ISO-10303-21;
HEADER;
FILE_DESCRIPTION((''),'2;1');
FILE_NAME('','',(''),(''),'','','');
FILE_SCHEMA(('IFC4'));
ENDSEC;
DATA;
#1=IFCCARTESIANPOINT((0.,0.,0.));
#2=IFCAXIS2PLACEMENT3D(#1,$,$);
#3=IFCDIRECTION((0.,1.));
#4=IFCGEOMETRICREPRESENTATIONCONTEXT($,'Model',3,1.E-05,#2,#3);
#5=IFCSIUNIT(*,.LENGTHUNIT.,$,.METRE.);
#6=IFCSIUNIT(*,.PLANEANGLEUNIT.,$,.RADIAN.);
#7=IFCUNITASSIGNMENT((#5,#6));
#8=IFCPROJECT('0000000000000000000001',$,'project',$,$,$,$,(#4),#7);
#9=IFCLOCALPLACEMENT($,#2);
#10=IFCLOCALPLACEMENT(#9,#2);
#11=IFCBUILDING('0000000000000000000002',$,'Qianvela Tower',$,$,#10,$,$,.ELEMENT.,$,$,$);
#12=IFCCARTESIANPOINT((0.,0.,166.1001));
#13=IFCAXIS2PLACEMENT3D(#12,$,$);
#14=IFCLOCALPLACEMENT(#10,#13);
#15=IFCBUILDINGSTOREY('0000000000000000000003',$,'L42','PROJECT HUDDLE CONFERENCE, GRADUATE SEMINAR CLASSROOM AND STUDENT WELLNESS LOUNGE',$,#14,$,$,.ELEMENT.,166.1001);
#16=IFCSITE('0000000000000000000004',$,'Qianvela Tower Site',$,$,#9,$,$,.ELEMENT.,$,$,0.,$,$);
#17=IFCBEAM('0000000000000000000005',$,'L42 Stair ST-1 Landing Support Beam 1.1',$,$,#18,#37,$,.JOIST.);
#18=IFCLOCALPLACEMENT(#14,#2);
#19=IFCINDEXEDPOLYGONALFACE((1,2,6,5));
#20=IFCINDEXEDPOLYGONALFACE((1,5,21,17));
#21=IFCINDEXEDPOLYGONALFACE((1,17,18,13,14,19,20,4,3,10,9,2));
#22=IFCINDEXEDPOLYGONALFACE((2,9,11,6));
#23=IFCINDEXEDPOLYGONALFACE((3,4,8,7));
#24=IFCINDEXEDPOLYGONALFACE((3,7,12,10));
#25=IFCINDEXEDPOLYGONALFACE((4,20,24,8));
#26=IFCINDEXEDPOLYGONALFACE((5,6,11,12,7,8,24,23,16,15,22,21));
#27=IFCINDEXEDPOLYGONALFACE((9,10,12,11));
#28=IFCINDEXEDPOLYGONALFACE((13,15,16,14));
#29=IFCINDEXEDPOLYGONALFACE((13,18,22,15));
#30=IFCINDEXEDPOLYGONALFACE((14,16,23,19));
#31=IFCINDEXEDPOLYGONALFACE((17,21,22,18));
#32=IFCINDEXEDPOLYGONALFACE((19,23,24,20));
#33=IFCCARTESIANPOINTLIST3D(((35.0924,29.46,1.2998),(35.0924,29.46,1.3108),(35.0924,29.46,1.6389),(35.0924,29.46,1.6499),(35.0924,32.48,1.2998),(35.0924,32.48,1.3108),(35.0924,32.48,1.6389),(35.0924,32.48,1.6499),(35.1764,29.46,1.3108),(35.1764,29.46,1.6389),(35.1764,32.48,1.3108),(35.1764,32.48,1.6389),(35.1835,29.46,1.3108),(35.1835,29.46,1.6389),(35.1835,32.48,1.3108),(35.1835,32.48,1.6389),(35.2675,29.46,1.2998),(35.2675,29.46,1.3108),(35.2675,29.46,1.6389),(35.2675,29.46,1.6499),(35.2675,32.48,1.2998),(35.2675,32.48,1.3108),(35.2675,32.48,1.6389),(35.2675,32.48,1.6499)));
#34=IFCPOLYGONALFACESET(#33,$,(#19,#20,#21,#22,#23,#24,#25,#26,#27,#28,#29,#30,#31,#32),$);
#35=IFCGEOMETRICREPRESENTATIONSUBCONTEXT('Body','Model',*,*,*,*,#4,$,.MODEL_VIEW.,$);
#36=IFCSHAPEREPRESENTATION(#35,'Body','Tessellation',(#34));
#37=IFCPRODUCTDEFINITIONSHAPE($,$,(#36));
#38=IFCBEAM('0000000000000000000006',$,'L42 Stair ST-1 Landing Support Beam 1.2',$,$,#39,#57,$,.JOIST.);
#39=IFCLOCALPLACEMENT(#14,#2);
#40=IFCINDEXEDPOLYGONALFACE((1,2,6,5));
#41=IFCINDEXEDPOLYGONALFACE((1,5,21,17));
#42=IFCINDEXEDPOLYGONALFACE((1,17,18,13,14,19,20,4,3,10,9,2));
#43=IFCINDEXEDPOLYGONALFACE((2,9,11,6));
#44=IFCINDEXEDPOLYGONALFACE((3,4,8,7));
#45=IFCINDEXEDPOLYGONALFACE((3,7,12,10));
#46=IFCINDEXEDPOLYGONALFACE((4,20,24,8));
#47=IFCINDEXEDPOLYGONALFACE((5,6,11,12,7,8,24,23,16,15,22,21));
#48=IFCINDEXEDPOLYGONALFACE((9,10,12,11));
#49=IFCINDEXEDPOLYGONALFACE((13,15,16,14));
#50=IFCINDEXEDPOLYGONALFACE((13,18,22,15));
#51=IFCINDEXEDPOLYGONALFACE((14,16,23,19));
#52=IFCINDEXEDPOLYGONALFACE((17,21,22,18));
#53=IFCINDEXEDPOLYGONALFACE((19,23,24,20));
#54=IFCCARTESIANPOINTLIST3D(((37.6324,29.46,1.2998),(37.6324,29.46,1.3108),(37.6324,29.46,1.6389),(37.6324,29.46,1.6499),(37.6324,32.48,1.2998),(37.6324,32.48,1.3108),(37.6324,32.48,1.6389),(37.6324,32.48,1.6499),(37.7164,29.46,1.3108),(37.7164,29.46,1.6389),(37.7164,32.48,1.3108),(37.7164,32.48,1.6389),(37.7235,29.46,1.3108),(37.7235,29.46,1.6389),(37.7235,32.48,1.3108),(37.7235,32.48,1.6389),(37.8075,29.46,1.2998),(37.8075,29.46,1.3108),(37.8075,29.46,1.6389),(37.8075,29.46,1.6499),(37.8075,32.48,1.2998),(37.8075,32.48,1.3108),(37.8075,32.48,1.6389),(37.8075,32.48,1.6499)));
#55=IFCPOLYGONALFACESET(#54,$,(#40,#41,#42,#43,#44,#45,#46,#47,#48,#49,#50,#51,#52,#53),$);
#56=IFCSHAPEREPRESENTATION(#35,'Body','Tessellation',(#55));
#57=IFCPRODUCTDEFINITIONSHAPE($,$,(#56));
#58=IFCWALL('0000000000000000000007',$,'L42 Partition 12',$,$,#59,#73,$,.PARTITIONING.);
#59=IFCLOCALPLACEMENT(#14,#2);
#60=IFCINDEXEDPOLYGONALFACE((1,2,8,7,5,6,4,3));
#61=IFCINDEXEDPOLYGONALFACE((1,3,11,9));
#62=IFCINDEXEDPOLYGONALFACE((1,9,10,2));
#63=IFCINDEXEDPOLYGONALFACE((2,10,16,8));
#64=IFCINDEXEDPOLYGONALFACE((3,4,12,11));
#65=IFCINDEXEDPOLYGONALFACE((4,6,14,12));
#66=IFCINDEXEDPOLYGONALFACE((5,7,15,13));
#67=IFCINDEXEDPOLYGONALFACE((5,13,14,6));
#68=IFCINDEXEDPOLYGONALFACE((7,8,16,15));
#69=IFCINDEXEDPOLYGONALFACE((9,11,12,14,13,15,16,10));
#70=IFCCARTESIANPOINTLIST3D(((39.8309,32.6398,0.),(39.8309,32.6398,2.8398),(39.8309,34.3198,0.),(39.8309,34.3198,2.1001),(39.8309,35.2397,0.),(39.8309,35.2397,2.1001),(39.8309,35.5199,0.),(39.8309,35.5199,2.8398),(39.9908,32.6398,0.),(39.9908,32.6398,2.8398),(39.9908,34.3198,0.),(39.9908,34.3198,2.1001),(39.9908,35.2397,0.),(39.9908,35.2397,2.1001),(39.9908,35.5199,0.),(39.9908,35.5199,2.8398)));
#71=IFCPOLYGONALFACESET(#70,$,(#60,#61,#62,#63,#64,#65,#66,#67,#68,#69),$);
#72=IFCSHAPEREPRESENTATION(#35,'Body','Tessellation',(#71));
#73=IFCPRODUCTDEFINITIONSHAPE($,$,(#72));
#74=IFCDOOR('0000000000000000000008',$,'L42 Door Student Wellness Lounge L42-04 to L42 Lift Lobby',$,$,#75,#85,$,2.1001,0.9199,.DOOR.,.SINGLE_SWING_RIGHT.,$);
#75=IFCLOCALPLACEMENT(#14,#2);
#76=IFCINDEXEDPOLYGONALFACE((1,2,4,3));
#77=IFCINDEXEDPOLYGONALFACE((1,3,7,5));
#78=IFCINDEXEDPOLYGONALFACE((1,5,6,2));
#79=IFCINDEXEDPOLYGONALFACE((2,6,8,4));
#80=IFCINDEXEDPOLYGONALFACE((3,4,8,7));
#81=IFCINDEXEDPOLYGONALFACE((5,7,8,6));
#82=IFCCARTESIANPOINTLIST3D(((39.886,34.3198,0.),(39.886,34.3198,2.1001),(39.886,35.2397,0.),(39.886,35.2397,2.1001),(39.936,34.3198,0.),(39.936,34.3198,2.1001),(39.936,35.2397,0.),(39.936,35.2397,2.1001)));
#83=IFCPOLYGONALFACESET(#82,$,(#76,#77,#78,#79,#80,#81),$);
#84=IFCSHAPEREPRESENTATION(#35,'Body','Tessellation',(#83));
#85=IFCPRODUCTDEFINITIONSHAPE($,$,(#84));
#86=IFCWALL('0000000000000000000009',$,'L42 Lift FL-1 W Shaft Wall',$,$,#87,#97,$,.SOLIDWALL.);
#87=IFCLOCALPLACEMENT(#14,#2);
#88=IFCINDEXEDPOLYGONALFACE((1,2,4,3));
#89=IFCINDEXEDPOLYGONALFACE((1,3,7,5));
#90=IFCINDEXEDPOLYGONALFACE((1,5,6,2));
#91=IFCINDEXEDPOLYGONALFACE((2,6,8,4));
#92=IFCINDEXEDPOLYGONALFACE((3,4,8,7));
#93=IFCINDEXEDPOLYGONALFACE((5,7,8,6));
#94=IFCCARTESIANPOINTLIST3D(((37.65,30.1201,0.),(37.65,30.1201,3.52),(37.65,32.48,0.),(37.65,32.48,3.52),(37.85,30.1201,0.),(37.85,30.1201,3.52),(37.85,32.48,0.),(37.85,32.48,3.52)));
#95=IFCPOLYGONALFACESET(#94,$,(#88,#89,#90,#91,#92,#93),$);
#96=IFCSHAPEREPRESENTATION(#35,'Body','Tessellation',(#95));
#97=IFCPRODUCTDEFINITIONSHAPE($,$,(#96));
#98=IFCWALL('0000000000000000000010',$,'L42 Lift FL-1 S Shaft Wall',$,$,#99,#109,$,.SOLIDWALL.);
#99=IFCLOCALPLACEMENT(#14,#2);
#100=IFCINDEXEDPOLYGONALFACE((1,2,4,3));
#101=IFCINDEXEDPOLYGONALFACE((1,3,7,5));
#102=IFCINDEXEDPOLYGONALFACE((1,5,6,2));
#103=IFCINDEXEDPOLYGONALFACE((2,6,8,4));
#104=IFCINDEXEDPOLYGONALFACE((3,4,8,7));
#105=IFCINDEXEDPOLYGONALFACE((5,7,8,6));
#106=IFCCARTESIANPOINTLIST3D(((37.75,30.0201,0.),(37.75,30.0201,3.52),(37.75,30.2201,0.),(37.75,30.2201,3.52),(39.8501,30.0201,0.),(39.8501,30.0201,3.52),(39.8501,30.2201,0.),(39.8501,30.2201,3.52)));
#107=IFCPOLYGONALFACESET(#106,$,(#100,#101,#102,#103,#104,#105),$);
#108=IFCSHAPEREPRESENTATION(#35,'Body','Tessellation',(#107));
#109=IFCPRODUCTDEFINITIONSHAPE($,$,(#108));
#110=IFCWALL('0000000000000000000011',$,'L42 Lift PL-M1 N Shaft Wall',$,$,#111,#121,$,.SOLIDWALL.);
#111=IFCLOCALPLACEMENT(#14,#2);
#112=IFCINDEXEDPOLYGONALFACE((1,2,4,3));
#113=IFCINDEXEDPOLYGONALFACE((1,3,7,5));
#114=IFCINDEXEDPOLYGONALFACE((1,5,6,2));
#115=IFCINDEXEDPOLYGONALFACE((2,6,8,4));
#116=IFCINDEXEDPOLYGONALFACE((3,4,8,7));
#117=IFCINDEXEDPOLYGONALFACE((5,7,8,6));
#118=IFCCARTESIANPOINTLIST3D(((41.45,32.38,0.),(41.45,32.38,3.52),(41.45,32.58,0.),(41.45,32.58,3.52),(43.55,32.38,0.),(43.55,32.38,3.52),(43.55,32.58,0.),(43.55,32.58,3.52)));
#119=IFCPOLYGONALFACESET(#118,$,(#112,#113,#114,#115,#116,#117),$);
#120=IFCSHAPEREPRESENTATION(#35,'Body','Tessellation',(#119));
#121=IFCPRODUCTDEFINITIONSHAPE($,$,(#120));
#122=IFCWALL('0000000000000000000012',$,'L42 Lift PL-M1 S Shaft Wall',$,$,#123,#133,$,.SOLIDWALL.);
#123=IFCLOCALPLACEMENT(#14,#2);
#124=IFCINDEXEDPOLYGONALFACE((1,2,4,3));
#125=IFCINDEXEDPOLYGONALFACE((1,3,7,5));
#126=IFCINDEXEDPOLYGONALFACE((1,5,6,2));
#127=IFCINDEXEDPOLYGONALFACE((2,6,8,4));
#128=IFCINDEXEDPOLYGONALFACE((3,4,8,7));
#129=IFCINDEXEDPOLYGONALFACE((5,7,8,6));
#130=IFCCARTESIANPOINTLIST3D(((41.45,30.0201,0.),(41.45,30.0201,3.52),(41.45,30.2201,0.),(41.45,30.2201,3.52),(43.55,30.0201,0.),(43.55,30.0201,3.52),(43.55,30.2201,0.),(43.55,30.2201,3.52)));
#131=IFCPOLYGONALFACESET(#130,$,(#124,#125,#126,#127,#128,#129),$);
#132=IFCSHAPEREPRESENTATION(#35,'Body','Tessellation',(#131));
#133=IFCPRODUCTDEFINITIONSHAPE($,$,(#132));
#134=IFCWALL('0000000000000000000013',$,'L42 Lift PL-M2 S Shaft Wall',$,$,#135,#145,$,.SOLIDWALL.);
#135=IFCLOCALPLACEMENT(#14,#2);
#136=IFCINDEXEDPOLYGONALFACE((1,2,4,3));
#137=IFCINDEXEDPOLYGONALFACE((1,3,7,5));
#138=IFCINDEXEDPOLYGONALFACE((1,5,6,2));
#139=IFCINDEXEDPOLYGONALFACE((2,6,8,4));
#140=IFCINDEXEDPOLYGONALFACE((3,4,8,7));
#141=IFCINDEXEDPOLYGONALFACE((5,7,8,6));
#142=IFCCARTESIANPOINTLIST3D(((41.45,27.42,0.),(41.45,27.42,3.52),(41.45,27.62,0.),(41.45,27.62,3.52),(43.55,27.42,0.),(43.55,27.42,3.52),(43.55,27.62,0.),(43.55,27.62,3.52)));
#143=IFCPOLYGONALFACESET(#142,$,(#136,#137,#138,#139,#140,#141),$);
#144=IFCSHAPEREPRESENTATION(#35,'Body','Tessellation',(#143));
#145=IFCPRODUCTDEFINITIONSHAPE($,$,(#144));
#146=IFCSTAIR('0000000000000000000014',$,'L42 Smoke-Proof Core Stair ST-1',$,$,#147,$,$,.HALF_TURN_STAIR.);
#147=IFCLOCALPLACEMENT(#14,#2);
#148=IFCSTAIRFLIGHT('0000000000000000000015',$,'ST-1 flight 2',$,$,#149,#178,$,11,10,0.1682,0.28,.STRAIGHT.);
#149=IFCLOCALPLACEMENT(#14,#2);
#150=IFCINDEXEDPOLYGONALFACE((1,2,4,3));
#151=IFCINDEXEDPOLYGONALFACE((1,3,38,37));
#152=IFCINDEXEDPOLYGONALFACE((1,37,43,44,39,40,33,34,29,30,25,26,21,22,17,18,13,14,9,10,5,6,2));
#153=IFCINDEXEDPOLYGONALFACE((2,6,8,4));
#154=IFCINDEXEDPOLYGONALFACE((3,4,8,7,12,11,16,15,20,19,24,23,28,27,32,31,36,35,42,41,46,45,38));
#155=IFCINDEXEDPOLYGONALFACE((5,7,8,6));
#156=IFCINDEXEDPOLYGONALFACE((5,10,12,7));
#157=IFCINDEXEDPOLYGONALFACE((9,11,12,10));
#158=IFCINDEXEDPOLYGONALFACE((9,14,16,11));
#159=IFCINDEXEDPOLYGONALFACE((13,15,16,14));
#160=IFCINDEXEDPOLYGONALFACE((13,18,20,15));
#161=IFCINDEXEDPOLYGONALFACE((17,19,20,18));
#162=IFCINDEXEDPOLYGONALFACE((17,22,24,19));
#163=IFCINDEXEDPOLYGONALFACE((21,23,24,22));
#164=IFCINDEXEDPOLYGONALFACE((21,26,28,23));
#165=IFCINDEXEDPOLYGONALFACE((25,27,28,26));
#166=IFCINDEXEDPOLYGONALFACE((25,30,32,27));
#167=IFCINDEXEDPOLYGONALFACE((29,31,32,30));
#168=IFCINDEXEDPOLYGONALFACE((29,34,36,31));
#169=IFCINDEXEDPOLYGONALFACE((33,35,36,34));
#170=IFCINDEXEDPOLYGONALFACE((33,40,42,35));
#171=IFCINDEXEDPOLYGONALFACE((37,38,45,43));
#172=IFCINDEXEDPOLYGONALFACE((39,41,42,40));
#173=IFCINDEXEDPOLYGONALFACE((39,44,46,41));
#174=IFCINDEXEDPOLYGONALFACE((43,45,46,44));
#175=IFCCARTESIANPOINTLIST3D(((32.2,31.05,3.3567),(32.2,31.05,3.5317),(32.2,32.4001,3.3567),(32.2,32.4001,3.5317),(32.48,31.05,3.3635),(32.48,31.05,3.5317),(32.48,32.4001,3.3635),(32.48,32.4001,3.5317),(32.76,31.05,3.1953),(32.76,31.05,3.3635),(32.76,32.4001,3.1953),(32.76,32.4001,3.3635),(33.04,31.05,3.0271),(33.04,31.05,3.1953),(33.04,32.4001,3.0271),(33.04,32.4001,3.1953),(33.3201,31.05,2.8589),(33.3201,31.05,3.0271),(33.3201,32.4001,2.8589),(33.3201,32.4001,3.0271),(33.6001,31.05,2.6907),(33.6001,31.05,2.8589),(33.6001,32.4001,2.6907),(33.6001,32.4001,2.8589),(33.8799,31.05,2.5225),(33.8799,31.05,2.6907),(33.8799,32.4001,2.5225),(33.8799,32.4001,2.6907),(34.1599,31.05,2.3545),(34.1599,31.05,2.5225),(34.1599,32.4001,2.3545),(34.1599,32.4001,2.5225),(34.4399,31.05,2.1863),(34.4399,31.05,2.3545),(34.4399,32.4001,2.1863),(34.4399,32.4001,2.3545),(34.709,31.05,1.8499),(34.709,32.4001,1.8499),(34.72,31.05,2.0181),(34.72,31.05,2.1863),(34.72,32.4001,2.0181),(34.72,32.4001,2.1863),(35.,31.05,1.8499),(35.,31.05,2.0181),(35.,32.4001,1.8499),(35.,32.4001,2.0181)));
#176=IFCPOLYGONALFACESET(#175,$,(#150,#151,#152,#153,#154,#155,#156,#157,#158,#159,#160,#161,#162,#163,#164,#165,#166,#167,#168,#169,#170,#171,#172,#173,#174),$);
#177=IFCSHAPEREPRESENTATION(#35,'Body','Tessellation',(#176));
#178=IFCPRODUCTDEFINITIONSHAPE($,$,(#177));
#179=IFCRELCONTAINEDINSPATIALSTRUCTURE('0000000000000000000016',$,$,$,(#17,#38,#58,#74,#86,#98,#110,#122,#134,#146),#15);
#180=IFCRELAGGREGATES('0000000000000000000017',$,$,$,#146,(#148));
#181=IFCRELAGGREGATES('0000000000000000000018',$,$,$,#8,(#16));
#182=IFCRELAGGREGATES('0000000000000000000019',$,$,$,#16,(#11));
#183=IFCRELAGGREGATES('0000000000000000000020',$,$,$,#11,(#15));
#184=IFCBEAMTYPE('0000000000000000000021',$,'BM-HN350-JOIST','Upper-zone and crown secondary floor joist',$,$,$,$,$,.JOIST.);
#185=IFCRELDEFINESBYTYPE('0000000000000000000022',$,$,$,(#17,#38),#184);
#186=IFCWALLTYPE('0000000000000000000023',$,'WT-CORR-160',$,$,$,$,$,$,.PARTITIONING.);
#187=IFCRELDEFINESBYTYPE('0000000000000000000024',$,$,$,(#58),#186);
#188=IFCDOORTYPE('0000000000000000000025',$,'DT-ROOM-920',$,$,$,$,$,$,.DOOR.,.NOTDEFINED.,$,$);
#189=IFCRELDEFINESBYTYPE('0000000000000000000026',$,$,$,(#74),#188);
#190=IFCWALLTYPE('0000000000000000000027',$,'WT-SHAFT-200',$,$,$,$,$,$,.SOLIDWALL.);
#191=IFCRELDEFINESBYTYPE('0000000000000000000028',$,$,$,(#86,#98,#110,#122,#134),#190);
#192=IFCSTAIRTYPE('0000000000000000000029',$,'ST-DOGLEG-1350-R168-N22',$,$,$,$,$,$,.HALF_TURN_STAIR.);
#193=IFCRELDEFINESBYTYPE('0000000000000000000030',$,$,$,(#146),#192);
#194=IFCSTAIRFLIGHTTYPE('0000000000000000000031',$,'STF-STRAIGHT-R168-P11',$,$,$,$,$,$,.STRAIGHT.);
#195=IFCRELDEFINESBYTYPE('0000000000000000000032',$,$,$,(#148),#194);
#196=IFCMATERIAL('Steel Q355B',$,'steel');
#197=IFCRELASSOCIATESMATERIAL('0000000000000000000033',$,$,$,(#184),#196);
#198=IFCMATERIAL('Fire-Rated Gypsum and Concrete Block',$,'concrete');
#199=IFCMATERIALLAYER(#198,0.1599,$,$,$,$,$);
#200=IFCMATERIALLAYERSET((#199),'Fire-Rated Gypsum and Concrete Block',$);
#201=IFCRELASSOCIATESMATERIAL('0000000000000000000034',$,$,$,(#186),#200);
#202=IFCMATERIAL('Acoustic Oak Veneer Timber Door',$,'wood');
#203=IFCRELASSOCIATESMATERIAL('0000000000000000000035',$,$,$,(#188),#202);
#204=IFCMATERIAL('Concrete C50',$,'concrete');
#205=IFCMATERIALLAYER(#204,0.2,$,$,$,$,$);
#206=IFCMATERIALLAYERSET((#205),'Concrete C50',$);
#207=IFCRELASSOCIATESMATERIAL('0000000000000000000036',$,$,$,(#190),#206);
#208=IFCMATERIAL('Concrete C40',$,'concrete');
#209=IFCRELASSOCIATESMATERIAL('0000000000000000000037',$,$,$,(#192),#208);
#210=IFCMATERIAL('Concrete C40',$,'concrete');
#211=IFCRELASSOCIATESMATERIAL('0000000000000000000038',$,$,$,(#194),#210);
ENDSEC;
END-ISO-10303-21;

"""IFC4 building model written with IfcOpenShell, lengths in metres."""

from ifc_helpers import new_model, si_unit, direction, frame, frame_2d, origin, origin_2d, place, context, subcontext, project, spatial, polyline, rectangle, i_section, outline, extrude, material, layer, layer_set, material_profile, profile_set, type_object, element, fill, aggregate, save


model = new_model("IFC4")

# Units and contexts
model_context = context("Model", 3, precision=1e-05, world=origin(), true_north=direction((0.0, 1.0)))
body_context = subcontext(model_context, "Body", "Model", "MODEL_VIEW")
ifc_project = project(units=[si_unit("LENGTHUNIT", "METRE"), si_unit("PLANEANGLEUNIT", "RADIAN")], contexts=[model_context])

# Site, building, storey
site_placement = place(None, origin())
site = spatial("IfcSite", under=ifc_project, at=site_placement, Name="Qianvela Tower Site", CompositionType="ELEMENT", RefElevation=0.0)
building_placement = place(site_placement, origin())
building = spatial("IfcBuilding", under=site, at=building_placement, Name="Qianvela Tower", CompositionType="ELEMENT")
storey_placement = place(building_placement, frame((0.0, 0.0, 166.1001)))
storey = spatial("IfcBuildingStorey", under=building, at=storey_placement, Name="L42", Description="PROJECT HUDDLE CONFERENCE, GRADUATE SEMINAR CLASSROOM AND STUDENT WELLNESS LOUNGE", CompositionType="ELEMENT", Elevation=166.1001)

# Beams
ifc_material_1 = material(Name="Steel Q355B", Category="steel")
ifc_material_profile = material_profile(ifc_material_1, i_section(OverallWidth=0.175, OverallDepth=0.3501, WebThickness=0.0071, FlangeThickness=0.011, at=origin_2d()), Name="HN350x175x7x11")
ifc_profile_set = profile_set([ifc_material_profile], Name="Steel Q355B")
beam_type = type_object("IfcBeamType", Name="BM-HN350-JOIST", Description="Upper-zone and crown secondary floor joist", PredefinedType="JOIST", material=ifc_profile_set)
for number, where, z_axis, x_axis, name in (
    (1, (35.1799, 29.46, 1.4749), (0.0, 1.0, 0.0), (-1.0, 0.0, 0.0), "L42 Stair ST-1 Landing Support Beam 1.1"),
    (2, (37.72, 29.46, 1.4749), (0.0, 1.0, 0.0), (-1.0, 0.0, 0.0), "L42 Stair ST-1 Landing Support Beam 1.2"),
):
    element("IfcBeam", number, at=place(storey_placement, frame(where, z_axis=z_axis, x_axis=x_axis)), inside=storey, type_object=beam_type, Name=name, PredefinedType="JOIST", context=body_context, shape_type="SweptSolid", body=[
        extrude(i_section(OverallWidth=0.175, OverallDepth=0.3501, WebThickness=0.0071, FlangeThickness=0.011, at=origin_2d()), origin(), (0.0, 0.0, 1.0), 3.02),
    ])

# Wall, opening, door
ifc_material_2 = material(Name="Fire-Rated Gypsum and Concrete Block", Category="concrete")
ifc_layer_1 = layer(ifc_material_2, 0.1599)
ifc_layer_set_1 = layer_set([ifc_layer_1], Name="Fire-Rated Gypsum and Concrete Block")
wall_type_1 = type_object("IfcWallType", Name="WT-CORR-160", PredefinedType="PARTITIONING", material=ifc_layer_set_1)
wall_1_placement = place(storey_placement, frame((39.9109, 32.6399, 0.0), z_axis=(0.0, 0.0, 1.0), x_axis=(0.0, 1.0, 0.0)))
wall_1 = element("IfcWall", 3, at=wall_1_placement, inside=storey, type_object=wall_type_1, Name="L42 Partition 12", PredefinedType="PARTITIONING", context=body_context, shape_type="SweptSolid", body=[
    extrude(rectangle(XDim=2.8801, YDim=0.1599, at=frame_2d((1.4399, 0.0))), origin(), (0.0, 0.0, 1.0), 2.8398),
])
opening_1_placement = place(wall_1_placement, frame((1.6799, 0.0, 0.0)))
opening_1 = element("IfcOpeningElement", 4, at=opening_1_placement, cuts=wall_1, PredefinedType="OPENING", context=body_context, shape_type="SweptSolid", body=[
    extrude(rectangle(XDim=0.9199, YDim=2.1001, at=frame_2d((0.46, 1.05))), frame((0.0, 0.0898, 0.0), z_axis=(0.0, -1.0, 0.0), x_axis=(1.0, 0.0, 0.0)), (0.0, 0.0, 1.0), 0.1799),
])
ifc_material_3 = material(Name="Acoustic Oak Veneer Timber Door", Category="wood")
door_type_1 = type_object("IfcDoorType", Name="DT-ROOM-920", OperationType="NOTDEFINED", PredefinedType="DOOR", material=ifc_material_3)
door_1_placement = place(opening_1_placement, origin())
door_1 = element("IfcDoor", 5, at=door_1_placement, inside=storey, type_object=door_type_1, Name="L42 Door Student Wellness Lounge L42-04 to L42 Lift Lobby", OperationType="SINGLE_SWING_RIGHT", OverallHeight=2.1001, OverallWidth=0.9199, PredefinedType="DOOR", context=body_context, shape_type="SweptSolid", body=[
    extrude(rectangle(XDim=0.9199, YDim=2.1001, at=frame_2d((0.46, 1.05))), frame((0.0, 0.0249, 0.0), z_axis=(0.0, -1.0, 0.0), x_axis=(1.0, 0.0, 0.0)), (0.0, 0.0, 1.0), 0.05),
])
fill(opening_1, door_1)
ifc_material_4 = material(Name="Concrete C50", Category="concrete")
ifc_layer_2 = layer(ifc_material_4, 0.2)
ifc_layer_set_2 = layer_set([ifc_layer_2], Name="Concrete C50")
wall_type_2 = type_object("IfcWallType", Name="WT-SHAFT-200", PredefinedType="SOLIDWALL", material=ifc_layer_set_2)

# Walls
wall_2_placement = place(storey_placement, frame((37.75, 30.1201, 0.0), z_axis=(0.0, 0.0, 1.0), x_axis=(0.0, 1.0, 0.0)))
element("IfcWall", 6, at=wall_2_placement, inside=storey, type_object=wall_type_2, Name="L42 Lift FL-1 W Shaft Wall", PredefinedType="SOLIDWALL", context=body_context, shape_type="SweptSolid", body=[
    extrude(rectangle(XDim=2.3599, YDim=0.2, at=frame_2d((1.1799, 0.0))), origin(), (0.0, 0.0, 1.0), 3.52),
])
wall_3_placement = place(storey_placement, frame((37.75, 30.1201, 0.0), z_axis=(0.0, 0.0, 1.0), x_axis=(1.0, 0.0, 0.0)))
element("IfcWall", 7, at=wall_3_placement, inside=storey, type_object=wall_type_2, Name="L42 Lift FL-1 S Shaft Wall", PredefinedType="SOLIDWALL", context=body_context, shape_type="SweptSolid", body=[
    extrude(rectangle(XDim=2.1001, YDim=0.2, at=frame_2d((1.05, 0.0))), origin(), (0.0, 0.0, 1.0), 3.52),
])

# Walls
for number, where, z_axis, x_axis, name in (
    (8, (41.45, 32.48, 0.0), (0.0, 0.0, 1.0), (1.0, 0.0, 0.0), "L42 Lift PL-M1 N Shaft Wall"),
    (9, (41.45, 30.1201, 0.0), (0.0, 0.0, 1.0), (1.0, 0.0, 0.0), "L42 Lift PL-M1 S Shaft Wall"),
):
    element("IfcWall", number, at=place(storey_placement, frame(where, z_axis=z_axis, x_axis=x_axis)), inside=storey, type_object=wall_type_2, Name=name, PredefinedType="SOLIDWALL", context=body_context, shape_type="SweptSolid", body=[
        extrude(rectangle(XDim=2.1001, YDim=0.2, at=frame_2d((1.05, 0.0))), origin(), (0.0, 0.0, 1.0), 3.52),
    ])

# Wall
wall_4_placement = place(storey_placement, frame((41.45, 27.52, 0.0), z_axis=(0.0, 0.0, 1.0), x_axis=(1.0, 0.0, 0.0)))
element("IfcWall", 10, at=wall_4_placement, inside=storey, type_object=wall_type_2, Name="L42 Lift PL-M2 S Shaft Wall", PredefinedType="SOLIDWALL", context=body_context, shape_type="SweptSolid", body=[
    extrude(rectangle(XDim=2.1001, YDim=0.2, at=frame_2d((1.05, 0.0))), origin(), (0.0, 0.0, 1.0), 3.52),
])

# Stair, stair flight
ifc_material_5 = material(Name="Concrete C40", Category="concrete")
stair_type = type_object("IfcStairType", Name="ST-DOGLEG-1350-R168-N22", PredefinedType="HALF_TURN_STAIR", material=ifc_material_5)
stair_placement = place(storey_placement, origin())
stair = element("IfcStair", 11, at=stair_placement, inside=storey, type_object=stair_type, Name="L42 Smoke-Proof Core Stair ST-1", PredefinedType="HALF_TURN_STAIR")
ifc_material_6 = material(Name="Concrete C40", Category="concrete")
stair_flight_type = type_object("IfcStairFlightType", Name="STF-STRAIGHT-R168-P11", PredefinedType="STRAIGHT", material=ifc_material_6)
stair_flight_placement = place(storey_placement, frame((35.0, 31.7251, 1.8499), z_axis=(0.0, 0.0, 1.0), x_axis=(-1.0, 0.0, 0.0)))
stair_flight = element("IfcStairFlight", 12, at=stair_flight_placement, type_object=stair_flight_type, Name="ST-1 flight 2", NumberOfRisers=11, NumberOfTreads=10, PredefinedType="STRAIGHT", RiserHeight=0.1682, TreadLength=0.28, context=body_context, shape_type="SweptSolid", body=[
    extrude(outline(polyline([(0.0, 0.0), (0.0, 0.1682), (0.28, 0.1682), (0.28, 0.3364), (0.5601, 0.3364), (0.5601, 0.5046), (0.8401, 0.5046), (0.8401, 0.6726), (1.1201, 0.6726), (1.1201, 0.8408), (1.3999, 0.8408), (1.3999, 1.009), (1.6799, 1.009), (1.6799, 1.1772), (1.96, 1.1772), (1.96, 1.3455), (2.24, 1.3455), (2.24, 1.5137), (2.52, 1.5137), (2.52, 1.6819), (2.8, 1.6819), (2.8, 1.8501), (2.8, 1.5068), (0.291, 0.0), (0.0, 0.0)])), frame((0.0, 0.675, 0.0), z_axis=(0.0, -1.0, 0.0), x_axis=(1.0, 0.0, 0.0)), (0.0, 0.0, 1.0), 1.3501),
])
aggregate(stair, [stair_flight])

save(model, "model.ifc")
